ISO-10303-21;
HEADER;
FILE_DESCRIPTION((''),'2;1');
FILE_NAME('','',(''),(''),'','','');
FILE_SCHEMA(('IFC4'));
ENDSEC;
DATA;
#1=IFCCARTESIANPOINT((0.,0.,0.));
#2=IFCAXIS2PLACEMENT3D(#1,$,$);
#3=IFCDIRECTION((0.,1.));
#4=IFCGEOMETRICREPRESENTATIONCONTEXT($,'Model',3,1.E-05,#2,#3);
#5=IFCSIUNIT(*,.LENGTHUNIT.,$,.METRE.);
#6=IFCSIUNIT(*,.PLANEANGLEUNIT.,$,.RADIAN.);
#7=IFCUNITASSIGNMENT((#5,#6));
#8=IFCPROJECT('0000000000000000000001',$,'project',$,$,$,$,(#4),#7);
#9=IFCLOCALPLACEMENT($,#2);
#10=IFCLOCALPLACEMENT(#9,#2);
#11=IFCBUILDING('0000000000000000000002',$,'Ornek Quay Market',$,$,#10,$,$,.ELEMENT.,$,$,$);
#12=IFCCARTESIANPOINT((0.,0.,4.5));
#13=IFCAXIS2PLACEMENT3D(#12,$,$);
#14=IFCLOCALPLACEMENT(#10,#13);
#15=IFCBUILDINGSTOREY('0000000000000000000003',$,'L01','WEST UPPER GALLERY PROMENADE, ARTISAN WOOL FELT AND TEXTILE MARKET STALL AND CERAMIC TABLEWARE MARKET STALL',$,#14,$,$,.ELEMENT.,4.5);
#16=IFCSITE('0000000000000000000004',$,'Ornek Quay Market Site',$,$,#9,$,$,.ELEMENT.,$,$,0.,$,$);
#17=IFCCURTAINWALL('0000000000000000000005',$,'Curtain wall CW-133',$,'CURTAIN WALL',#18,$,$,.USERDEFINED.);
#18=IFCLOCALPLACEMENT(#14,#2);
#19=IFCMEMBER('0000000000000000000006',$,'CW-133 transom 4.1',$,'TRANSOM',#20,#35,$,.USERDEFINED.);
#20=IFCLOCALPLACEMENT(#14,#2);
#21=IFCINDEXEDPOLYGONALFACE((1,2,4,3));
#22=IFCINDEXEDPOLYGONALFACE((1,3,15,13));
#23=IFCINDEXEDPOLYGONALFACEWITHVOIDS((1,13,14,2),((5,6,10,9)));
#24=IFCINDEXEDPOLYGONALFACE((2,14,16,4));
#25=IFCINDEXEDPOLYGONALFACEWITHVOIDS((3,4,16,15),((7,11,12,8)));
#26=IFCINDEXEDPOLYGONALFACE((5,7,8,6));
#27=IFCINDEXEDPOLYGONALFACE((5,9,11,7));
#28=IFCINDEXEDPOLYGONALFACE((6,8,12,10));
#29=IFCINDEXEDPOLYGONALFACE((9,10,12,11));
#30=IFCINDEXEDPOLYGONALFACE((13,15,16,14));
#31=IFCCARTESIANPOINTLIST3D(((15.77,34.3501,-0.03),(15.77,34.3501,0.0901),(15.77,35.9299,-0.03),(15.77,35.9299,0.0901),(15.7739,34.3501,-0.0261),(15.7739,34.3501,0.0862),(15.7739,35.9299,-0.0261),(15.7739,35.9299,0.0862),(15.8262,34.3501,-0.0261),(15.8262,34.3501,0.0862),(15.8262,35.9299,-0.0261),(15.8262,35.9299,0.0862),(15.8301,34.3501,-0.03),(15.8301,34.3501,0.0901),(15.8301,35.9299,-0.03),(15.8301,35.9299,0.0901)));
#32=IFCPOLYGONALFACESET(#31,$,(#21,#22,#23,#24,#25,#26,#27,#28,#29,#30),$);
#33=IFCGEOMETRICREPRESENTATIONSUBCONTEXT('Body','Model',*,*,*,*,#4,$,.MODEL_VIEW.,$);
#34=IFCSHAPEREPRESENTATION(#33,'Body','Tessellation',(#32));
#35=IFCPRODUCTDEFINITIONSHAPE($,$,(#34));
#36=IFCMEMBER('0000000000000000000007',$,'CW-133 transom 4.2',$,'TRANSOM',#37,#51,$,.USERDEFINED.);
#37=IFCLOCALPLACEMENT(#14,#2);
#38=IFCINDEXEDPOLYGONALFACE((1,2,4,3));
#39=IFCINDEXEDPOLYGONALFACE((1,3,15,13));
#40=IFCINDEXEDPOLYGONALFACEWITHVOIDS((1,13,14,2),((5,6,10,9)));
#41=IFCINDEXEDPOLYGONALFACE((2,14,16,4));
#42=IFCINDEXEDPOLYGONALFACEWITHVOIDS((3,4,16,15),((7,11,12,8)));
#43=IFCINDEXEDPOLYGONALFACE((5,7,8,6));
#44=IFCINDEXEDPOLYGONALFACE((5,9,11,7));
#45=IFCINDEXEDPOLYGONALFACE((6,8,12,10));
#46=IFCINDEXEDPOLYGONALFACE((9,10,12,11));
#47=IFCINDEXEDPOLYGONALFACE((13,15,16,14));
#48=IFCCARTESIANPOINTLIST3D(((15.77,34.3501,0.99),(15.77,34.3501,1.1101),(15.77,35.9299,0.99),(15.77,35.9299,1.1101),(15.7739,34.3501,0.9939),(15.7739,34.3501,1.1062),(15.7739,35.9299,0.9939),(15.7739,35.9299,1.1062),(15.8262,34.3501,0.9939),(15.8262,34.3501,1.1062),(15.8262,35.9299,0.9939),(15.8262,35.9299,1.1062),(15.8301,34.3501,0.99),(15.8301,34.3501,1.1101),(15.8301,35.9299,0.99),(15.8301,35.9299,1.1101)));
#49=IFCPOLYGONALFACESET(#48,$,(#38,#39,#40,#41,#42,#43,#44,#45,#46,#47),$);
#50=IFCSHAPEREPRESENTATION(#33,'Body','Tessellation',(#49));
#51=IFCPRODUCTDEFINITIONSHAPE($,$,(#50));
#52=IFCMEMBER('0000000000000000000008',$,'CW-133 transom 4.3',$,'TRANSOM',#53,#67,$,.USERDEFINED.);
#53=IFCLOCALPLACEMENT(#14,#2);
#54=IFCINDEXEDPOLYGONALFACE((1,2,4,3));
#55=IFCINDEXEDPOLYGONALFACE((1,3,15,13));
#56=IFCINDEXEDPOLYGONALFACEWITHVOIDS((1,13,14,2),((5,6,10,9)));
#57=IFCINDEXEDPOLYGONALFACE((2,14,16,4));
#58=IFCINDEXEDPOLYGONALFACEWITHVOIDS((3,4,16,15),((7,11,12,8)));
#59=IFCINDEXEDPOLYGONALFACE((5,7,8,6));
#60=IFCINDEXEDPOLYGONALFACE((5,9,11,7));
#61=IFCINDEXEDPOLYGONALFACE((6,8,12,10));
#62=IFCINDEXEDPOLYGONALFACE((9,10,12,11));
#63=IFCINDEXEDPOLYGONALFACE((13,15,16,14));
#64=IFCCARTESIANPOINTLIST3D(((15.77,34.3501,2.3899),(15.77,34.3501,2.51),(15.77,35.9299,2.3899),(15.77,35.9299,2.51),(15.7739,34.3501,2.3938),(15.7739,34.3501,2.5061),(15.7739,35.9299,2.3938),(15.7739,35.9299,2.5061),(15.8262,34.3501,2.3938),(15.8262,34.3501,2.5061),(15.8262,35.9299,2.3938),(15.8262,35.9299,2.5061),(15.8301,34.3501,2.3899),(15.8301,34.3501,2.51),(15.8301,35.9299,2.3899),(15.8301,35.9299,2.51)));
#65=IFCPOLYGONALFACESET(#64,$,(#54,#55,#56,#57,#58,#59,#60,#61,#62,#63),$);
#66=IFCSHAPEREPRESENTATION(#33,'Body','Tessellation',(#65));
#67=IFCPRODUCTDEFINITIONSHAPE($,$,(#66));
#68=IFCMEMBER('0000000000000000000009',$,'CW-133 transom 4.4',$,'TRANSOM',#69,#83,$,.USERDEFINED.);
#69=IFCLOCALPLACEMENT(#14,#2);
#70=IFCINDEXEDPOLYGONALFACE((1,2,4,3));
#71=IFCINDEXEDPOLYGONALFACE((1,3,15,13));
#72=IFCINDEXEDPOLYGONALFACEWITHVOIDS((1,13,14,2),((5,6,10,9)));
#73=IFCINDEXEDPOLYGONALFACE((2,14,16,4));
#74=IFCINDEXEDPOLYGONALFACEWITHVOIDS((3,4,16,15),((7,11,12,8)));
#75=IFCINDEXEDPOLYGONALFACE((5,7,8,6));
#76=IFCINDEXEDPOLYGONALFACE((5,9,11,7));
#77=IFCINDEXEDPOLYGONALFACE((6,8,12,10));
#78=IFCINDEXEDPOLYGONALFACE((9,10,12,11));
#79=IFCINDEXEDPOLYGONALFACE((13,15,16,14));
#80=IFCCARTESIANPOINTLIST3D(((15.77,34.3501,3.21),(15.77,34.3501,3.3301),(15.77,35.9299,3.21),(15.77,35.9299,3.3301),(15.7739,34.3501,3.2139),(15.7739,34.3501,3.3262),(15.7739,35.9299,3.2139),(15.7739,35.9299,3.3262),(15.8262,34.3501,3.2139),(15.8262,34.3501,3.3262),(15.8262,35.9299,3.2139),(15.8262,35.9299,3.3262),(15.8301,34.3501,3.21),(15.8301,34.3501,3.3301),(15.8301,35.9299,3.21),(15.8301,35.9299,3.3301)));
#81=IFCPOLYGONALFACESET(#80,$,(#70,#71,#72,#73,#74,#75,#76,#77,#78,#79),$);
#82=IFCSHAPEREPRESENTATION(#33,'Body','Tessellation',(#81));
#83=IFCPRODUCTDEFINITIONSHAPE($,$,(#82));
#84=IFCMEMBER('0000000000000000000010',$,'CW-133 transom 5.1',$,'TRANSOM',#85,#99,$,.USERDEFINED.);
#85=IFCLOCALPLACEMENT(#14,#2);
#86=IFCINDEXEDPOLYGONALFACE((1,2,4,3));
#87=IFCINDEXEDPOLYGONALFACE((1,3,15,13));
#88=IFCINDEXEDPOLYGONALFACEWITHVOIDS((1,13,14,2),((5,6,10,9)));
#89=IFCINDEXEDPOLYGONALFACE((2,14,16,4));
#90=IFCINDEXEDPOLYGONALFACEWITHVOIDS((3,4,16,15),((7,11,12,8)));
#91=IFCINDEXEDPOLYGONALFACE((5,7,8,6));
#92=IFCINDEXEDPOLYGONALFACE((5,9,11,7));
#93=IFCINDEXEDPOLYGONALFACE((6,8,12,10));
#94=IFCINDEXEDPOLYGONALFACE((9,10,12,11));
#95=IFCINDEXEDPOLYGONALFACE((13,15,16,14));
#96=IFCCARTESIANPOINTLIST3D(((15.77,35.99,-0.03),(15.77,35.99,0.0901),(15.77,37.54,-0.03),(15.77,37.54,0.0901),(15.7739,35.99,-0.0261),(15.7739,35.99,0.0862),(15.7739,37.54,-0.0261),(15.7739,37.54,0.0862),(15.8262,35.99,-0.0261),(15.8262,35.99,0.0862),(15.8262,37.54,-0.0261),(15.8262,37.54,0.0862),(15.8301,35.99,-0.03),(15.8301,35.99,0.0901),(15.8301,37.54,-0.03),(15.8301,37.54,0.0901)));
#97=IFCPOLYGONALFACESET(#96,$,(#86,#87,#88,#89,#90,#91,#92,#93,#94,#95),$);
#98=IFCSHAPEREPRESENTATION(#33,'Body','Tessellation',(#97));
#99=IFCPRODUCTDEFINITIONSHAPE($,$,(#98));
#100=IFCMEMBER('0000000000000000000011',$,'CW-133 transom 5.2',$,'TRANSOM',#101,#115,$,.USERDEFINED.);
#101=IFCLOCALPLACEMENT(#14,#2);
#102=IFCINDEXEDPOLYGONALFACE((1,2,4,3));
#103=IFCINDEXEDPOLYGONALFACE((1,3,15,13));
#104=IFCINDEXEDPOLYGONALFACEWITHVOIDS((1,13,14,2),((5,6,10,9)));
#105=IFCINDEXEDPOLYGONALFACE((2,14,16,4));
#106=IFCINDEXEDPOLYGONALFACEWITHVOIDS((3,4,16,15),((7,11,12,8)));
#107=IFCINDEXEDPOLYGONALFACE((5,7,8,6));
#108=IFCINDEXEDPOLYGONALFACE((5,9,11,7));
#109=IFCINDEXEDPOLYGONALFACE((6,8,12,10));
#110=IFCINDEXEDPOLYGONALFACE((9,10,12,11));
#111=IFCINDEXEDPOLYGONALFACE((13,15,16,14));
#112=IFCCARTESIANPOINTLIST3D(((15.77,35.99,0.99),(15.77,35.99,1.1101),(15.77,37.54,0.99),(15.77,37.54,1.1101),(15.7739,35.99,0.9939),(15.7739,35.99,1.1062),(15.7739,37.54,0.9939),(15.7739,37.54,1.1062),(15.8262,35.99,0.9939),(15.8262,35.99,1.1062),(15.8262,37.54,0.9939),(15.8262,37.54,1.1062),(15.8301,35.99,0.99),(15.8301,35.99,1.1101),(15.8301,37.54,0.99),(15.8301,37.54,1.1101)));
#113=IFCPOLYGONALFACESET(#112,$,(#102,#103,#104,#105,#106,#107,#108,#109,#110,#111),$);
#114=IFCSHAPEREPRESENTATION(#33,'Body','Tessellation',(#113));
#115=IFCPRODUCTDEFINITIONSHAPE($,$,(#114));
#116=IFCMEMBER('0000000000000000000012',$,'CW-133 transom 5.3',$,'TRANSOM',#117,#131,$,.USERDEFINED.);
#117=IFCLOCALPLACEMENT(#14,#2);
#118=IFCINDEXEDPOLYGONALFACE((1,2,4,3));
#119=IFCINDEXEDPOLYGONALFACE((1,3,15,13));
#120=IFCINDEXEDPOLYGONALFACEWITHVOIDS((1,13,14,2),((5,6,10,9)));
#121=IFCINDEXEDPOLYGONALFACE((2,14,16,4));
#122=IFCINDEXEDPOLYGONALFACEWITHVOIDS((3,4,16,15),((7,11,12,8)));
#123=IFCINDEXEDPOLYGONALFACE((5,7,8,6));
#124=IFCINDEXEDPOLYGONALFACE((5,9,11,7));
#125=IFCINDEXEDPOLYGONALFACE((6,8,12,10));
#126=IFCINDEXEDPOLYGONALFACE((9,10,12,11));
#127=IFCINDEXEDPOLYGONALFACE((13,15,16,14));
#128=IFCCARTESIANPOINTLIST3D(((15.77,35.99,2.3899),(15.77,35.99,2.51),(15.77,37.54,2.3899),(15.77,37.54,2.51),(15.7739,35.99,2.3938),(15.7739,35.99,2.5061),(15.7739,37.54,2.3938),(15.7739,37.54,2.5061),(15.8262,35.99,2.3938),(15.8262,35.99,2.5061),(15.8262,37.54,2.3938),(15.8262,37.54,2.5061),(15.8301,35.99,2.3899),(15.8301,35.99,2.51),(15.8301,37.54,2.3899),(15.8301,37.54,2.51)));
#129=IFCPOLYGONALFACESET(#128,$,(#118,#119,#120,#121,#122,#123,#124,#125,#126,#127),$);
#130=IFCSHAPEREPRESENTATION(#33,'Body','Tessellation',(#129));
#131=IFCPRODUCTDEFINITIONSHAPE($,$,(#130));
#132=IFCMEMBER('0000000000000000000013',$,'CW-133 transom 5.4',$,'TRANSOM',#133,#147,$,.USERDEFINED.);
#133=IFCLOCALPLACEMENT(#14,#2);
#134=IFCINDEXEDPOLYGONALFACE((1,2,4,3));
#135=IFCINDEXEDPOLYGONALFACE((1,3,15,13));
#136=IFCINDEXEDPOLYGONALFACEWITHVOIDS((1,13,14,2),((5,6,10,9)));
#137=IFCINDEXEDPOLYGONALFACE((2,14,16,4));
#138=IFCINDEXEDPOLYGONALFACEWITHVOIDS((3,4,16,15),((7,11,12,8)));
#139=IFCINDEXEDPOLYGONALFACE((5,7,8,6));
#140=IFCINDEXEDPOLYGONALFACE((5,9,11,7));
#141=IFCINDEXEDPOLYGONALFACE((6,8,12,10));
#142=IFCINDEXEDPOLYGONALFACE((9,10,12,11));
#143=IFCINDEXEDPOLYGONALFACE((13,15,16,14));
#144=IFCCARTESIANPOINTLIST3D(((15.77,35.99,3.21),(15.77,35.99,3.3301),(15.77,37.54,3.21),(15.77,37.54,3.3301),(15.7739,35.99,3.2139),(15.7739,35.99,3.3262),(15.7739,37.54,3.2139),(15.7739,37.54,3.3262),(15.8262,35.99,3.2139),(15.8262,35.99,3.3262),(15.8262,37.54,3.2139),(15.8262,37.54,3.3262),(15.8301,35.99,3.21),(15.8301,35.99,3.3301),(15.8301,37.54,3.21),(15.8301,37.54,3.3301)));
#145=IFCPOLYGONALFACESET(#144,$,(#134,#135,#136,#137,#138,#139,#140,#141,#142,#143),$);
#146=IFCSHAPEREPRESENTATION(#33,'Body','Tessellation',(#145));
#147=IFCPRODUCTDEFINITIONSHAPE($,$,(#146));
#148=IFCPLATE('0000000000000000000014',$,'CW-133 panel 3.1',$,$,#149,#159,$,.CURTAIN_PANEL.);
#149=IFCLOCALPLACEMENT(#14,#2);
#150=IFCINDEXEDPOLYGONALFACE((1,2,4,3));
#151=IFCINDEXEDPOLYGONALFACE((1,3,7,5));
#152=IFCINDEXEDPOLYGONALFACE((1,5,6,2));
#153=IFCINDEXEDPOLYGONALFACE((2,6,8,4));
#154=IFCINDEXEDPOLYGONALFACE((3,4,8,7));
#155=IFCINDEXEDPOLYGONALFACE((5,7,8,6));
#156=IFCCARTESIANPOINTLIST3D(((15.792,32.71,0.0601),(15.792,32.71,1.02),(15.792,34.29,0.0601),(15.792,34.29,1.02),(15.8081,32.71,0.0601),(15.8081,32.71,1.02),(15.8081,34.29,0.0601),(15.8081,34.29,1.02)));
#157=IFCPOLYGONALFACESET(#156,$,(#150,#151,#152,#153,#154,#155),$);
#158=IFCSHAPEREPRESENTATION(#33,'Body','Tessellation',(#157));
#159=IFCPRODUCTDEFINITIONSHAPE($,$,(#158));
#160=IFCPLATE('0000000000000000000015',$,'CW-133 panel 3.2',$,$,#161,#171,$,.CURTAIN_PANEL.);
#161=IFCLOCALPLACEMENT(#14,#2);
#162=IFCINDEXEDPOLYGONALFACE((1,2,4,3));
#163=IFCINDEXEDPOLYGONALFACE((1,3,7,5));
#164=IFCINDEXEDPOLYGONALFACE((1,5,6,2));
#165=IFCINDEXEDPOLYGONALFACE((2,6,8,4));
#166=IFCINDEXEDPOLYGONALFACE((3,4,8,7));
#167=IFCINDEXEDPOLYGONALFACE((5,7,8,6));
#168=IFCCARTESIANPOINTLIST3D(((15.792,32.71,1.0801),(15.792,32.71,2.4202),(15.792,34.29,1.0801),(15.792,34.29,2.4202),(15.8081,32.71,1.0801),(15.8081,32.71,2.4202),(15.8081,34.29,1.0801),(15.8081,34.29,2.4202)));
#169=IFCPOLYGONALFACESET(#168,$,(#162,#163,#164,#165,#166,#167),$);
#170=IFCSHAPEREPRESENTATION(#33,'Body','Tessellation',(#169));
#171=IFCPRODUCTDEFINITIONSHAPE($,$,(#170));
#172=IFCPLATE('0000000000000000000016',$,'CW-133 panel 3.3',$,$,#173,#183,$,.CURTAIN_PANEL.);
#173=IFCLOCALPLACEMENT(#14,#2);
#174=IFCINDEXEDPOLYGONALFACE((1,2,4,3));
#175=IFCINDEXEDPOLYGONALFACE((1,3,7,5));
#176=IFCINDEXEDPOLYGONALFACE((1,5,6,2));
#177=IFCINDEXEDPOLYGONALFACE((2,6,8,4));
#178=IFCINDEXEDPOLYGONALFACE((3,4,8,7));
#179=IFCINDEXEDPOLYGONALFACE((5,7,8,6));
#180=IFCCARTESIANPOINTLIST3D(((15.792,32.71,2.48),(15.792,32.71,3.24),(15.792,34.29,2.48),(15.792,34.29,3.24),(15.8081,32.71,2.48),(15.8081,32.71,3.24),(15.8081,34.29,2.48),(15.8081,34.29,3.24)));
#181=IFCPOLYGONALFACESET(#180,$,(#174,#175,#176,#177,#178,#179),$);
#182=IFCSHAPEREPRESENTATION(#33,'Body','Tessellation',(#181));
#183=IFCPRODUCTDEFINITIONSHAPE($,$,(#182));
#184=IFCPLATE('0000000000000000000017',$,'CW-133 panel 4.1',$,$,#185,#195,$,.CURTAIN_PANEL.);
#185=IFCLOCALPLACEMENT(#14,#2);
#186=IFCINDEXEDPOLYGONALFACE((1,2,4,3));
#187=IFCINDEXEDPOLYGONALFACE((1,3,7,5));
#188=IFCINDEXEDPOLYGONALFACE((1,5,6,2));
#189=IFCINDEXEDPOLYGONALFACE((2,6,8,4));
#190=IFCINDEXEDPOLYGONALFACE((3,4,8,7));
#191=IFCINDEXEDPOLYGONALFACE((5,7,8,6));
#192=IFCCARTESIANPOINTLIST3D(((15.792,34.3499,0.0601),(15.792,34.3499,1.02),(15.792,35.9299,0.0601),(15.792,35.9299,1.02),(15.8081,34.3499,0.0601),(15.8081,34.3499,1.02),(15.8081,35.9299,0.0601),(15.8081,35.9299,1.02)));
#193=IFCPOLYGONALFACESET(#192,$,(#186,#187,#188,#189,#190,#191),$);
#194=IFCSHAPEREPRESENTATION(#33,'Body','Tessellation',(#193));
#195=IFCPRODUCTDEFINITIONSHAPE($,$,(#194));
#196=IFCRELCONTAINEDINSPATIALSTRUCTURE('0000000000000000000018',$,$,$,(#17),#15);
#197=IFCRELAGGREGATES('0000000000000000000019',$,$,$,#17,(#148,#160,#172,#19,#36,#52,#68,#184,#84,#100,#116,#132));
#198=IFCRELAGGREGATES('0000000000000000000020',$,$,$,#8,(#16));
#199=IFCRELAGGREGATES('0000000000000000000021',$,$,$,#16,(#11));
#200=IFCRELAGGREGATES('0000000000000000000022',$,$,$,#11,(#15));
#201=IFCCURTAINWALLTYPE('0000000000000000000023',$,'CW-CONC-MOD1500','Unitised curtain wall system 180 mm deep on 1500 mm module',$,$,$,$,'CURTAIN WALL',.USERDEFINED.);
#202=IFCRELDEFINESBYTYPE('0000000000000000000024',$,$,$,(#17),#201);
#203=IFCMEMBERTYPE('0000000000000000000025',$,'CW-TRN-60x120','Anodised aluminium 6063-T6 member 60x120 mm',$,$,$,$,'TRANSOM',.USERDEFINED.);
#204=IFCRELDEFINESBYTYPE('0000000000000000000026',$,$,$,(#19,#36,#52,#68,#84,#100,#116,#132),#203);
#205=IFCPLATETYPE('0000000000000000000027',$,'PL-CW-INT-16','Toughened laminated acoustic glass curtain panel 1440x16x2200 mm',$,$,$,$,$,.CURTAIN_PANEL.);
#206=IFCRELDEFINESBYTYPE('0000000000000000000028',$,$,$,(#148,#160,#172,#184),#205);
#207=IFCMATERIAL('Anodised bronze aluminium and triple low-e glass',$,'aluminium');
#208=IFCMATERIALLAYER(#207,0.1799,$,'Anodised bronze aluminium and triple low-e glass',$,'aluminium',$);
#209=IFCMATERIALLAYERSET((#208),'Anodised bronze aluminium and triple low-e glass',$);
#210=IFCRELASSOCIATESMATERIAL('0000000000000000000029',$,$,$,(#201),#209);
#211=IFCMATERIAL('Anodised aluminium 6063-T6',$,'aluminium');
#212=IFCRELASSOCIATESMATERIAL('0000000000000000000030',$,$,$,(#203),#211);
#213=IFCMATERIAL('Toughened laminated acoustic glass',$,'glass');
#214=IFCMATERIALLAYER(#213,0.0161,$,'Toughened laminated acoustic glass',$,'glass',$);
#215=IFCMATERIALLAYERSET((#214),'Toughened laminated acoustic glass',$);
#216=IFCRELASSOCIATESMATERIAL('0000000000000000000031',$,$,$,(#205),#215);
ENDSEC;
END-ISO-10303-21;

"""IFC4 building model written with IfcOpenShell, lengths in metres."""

from ifc_helpers import new_model, si_unit, direction, frame, origin, origin_2d, place, context, subcontext, project, spatial, rectangle, hollow_rectangle, extrude, material, layer, layer_set, material_profile, profile_set, type_object, element, aggregate, save


model = new_model("IFC4")

# Units and contexts
model_context = context("Model", 3, precision=1e-05, world=origin(), true_north=direction((0.0, 1.0)))
body_context = subcontext(model_context, "Body", "Model", "MODEL_VIEW")
ifc_project = project(units=[si_unit("LENGTHUNIT", "METRE"), si_unit("PLANEANGLEUNIT", "RADIAN")], contexts=[model_context])

# Site, building, storey
site_placement = place(None, origin())
site = spatial("IfcSite", under=ifc_project, at=site_placement, Name="Ornek Quay Market Site", CompositionType="ELEMENT", RefElevation=0.0)
building_placement = place(site_placement, origin())
building = spatial("IfcBuilding", under=site, at=building_placement, Name="Ornek Quay Market", CompositionType="ELEMENT")
storey_placement = place(building_placement, frame((0.0, 0.0, 4.5)))
storey = spatial("IfcBuildingStorey", under=building, at=storey_placement, Name="L01", Description="WEST UPPER GALLERY PROMENADE, ARTISAN WOOL FELT AND TEXTILE MARKET STALL AND CERAMIC TABLEWARE MARKET STALL", CompositionType="ELEMENT", Elevation=4.5)

# Curtain wall
ifc_material_1 = material(Name="Anodised bronze aluminium and triple low-e glass", Category="aluminium")
ifc_layer_1 = layer(ifc_material_1, 0.1799, Name="Anodised bronze aluminium and triple low-e glass", Category="aluminium")
ifc_layer_set_1 = layer_set([ifc_layer_1], Name="Anodised bronze aluminium and triple low-e glass")
curtain_wall_type_1 = type_object("IfcCurtainWallType", Name="CW-CONC-MOD1500", Description="Unitised curtain wall system 180 mm deep on 1500 mm module", ElementType="CURTAIN WALL", PredefinedType="USERDEFINED", material=ifc_layer_set_1)
curtain_wall_1_placement = place(storey_placement, origin())
curtain_wall_1 = element("IfcCurtainWall", 1, at=curtain_wall_1_placement, inside=storey, type_object=curtain_wall_type_1, Name="Curtain wall CW-133", ObjectType="CURTAIN WALL", PredefinedType="USERDEFINED")
ifc_material_2 = material(Name="Anodised aluminium 6063-T6", Category="aluminium")

# Members
ifc_material_profile_1 = material_profile(ifc_material_2, hollow_rectangle(XDim=0.0601, YDim=0.1201, WallThickness=0.0039, at=origin_2d()), Name="CW-TRN-60x120", Category="aluminium")
ifc_profile_set_1 = profile_set([ifc_material_profile_1], Name="Anodised aluminium 6063-T6")
member_type_1 = type_object("IfcMemberType", Name="CW-TRN-60x120", Description="Anodised aluminium 6063-T6 member 60x120 mm", ElementType="TRANSOM", PredefinedType="USERDEFINED", material=ifc_profile_set_1)
member_1_placement = place(storey_placement, frame((15.8, 34.3501, 0.03), z_axis=(0.0, 1.0, 0.0), x_axis=(-1.0, 0.0, 0.0)))
member_1 = element("IfcMember", 2, at=member_1_placement, type_object=member_type_1, Name="CW-133 transom 4.1", ObjectType="TRANSOM", PredefinedType="USERDEFINED", context=body_context, shape_type="SweptSolid", body=[
    extrude(hollow_rectangle(XDim=0.0601, YDim=0.1201, WallThickness=0.0039, at=origin_2d()), origin(), (0.0, 0.0, 1.0), 1.5798),
])
member_2_placement = place(storey_placement, frame((15.8, 34.3501, 1.05), z_axis=(0.0, 1.0, 0.0), x_axis=(-1.0, 0.0, 0.0)))
member_2 = element("IfcMember", 3, at=member_2_placement, type_object=member_type_1, Name="CW-133 transom 4.2", ObjectType="TRANSOM", PredefinedType="USERDEFINED", context=body_context, shape_type="SweptSolid", body=[
    extrude(hollow_rectangle(XDim=0.0601, YDim=0.1201, WallThickness=0.0039, at=origin_2d()), origin(), (0.0, 0.0, 1.0), 1.5798),
])
member_3_placement = place(storey_placement, frame((15.8, 34.3501, 2.45), z_axis=(0.0, 1.0, 0.0), x_axis=(-1.0, 0.0, 0.0)))
member_3 = element("IfcMember", 4, at=member_3_placement, type_object=member_type_1, Name="CW-133 transom 4.3", ObjectType="TRANSOM", PredefinedType="USERDEFINED", context=body_context, shape_type="SweptSolid", body=[
    extrude(hollow_rectangle(XDim=0.0601, YDim=0.1201, WallThickness=0.0039, at=origin_2d()), origin(), (0.0, 0.0, 1.0), 1.5798),
])
member_4_placement = place(storey_placement, frame((15.8, 34.3501, 3.27), z_axis=(0.0, 1.0, 0.0), x_axis=(-1.0, 0.0, 0.0)))
member_4 = element("IfcMember", 5, at=member_4_placement, type_object=member_type_1, Name="CW-133 transom 4.4", ObjectType="TRANSOM", PredefinedType="USERDEFINED", context=body_context, shape_type="SweptSolid", body=[
    extrude(hollow_rectangle(XDim=0.0601, YDim=0.1201, WallThickness=0.0039, at=origin_2d()), origin(), (0.0, 0.0, 1.0), 1.5798),
])
member_5_placement = place(storey_placement, frame((15.8, 35.99, 0.03), z_axis=(0.0, 1.0, 0.0), x_axis=(-1.0, 0.0, 0.0)))
member_5 = element("IfcMember", 6, at=member_5_placement, type_object=member_type_1, Name="CW-133 transom 5.1", ObjectType="TRANSOM", PredefinedType="USERDEFINED", context=body_context, shape_type="SweptSolid", body=[
    extrude(hollow_rectangle(XDim=0.0601, YDim=0.1201, WallThickness=0.0039, at=origin_2d()), origin(), (0.0, 0.0, 1.0), 1.55),
])
member_6_placement = place(storey_placement, frame((15.8, 35.99, 1.05), z_axis=(0.0, 1.0, 0.0), x_axis=(-1.0, 0.0, 0.0)))
member_6 = element("IfcMember", 7, at=member_6_placement, type_object=member_type_1, Name="CW-133 transom 5.2", ObjectType="TRANSOM", PredefinedType="USERDEFINED", context=body_context, shape_type="SweptSolid", body=[
    extrude(hollow_rectangle(XDim=0.0601, YDim=0.1201, WallThickness=0.0039, at=origin_2d()), origin(), (0.0, 0.0, 1.0), 1.55),
])
member_7_placement = place(storey_placement, frame((15.8, 35.99, 2.45), z_axis=(0.0, 1.0, 0.0), x_axis=(-1.0, 0.0, 0.0)))
member_7 = element("IfcMember", 8, at=member_7_placement, type_object=member_type_1, Name="CW-133 transom 5.3", ObjectType="TRANSOM", PredefinedType="USERDEFINED", context=body_context, shape_type="SweptSolid", body=[
    extrude(hollow_rectangle(XDim=0.0601, YDim=0.1201, WallThickness=0.0039, at=origin_2d()), origin(), (0.0, 0.0, 1.0), 1.55),
])
member_8_placement = place(storey_placement, frame((15.8, 35.99, 3.27), z_axis=(0.0, 1.0, 0.0), x_axis=(-1.0, 0.0, 0.0)))
member_8 = element("IfcMember", 9, at=member_8_placement, type_object=member_type_1, Name="CW-133 transom 5.4", ObjectType="TRANSOM", PredefinedType="USERDEFINED", context=body_context, shape_type="SweptSolid", body=[
    extrude(hollow_rectangle(XDim=0.0601, YDim=0.1201, WallThickness=0.0039, at=origin_2d()), origin(), (0.0, 0.0, 1.0), 1.55),
])

# Plates
ifc_material_3 = material(Name="Toughened laminated acoustic glass", Category="glass")
ifc_layer_2 = layer(ifc_material_3, 0.0161, Name="Toughened laminated acoustic glass", Category="glass")
ifc_layer_set_2 = layer_set([ifc_layer_2], Name="Toughened laminated acoustic glass")
plate_type = type_object("IfcPlateType", Name="PL-CW-INT-16", Description="Toughened laminated acoustic glass curtain panel 1440x16x2200 mm", PredefinedType="CURTAIN_PANEL", material=ifc_layer_set_2)
plate_1_placement = place(storey_placement, frame((15.8, 33.5, 0.0601), z_axis=(0.0, 0.0, 1.0), x_axis=(0.0, 1.0, 0.0)))
plate_1 = element("IfcPlate", 10, at=plate_1_placement, type_object=plate_type, Name="CW-133 panel 3.1", PredefinedType="CURTAIN_PANEL", context=body_context, shape_type="SweptSolid", body=[
    extrude(rectangle(XDim=1.5801, YDim=0.0161, at=origin_2d()), origin(), (0.0, 0.0, 1.0), 0.96),
])
plate_2_placement = place(storey_placement, frame((15.8, 33.5, 1.0801), z_axis=(0.0, 0.0, 1.0), x_axis=(0.0, 1.0, 0.0)))
plate_2 = element("IfcPlate", 11, at=plate_2_placement, type_object=plate_type, Name="CW-133 panel 3.2", PredefinedType="CURTAIN_PANEL", context=body_context, shape_type="SweptSolid", body=[
    extrude(rectangle(XDim=1.5801, YDim=0.0161, at=origin_2d()), origin(), (0.0, 0.0, 1.0), 1.3401),
])
plate_3_placement = place(storey_placement, frame((15.8, 33.5, 2.48), z_axis=(0.0, 0.0, 1.0), x_axis=(0.0, 1.0, 0.0)))
plate_3 = element("IfcPlate", 12, at=plate_3_placement, type_object=plate_type, Name="CW-133 panel 3.3", PredefinedType="CURTAIN_PANEL", context=body_context, shape_type="SweptSolid", body=[
    extrude(rectangle(XDim=1.5801, YDim=0.0161, at=origin_2d()), origin(), (0.0, 0.0, 1.0), 0.76),
])
plate_4_placement = place(storey_placement, frame((15.8, 35.1399, 0.0601), z_axis=(0.0, 0.0, 1.0), x_axis=(0.0, 1.0, 0.0)))
plate_4 = element("IfcPlate", 13, at=plate_4_placement, type_object=plate_type, Name="CW-133 panel 4.1", PredefinedType="CURTAIN_PANEL", context=body_context, shape_type="SweptSolid", body=[
    extrude(rectangle(XDim=1.5801, YDim=0.0161, at=origin_2d()), origin(), (0.0, 0.0, 1.0), 0.96),
])
aggregate(curtain_wall_1, [plate_1, plate_2, plate_3, member_1, member_2, member_3, member_4, plate_4, member_5, member_6, member_7, member_8])

save(model, "model.ifc")
